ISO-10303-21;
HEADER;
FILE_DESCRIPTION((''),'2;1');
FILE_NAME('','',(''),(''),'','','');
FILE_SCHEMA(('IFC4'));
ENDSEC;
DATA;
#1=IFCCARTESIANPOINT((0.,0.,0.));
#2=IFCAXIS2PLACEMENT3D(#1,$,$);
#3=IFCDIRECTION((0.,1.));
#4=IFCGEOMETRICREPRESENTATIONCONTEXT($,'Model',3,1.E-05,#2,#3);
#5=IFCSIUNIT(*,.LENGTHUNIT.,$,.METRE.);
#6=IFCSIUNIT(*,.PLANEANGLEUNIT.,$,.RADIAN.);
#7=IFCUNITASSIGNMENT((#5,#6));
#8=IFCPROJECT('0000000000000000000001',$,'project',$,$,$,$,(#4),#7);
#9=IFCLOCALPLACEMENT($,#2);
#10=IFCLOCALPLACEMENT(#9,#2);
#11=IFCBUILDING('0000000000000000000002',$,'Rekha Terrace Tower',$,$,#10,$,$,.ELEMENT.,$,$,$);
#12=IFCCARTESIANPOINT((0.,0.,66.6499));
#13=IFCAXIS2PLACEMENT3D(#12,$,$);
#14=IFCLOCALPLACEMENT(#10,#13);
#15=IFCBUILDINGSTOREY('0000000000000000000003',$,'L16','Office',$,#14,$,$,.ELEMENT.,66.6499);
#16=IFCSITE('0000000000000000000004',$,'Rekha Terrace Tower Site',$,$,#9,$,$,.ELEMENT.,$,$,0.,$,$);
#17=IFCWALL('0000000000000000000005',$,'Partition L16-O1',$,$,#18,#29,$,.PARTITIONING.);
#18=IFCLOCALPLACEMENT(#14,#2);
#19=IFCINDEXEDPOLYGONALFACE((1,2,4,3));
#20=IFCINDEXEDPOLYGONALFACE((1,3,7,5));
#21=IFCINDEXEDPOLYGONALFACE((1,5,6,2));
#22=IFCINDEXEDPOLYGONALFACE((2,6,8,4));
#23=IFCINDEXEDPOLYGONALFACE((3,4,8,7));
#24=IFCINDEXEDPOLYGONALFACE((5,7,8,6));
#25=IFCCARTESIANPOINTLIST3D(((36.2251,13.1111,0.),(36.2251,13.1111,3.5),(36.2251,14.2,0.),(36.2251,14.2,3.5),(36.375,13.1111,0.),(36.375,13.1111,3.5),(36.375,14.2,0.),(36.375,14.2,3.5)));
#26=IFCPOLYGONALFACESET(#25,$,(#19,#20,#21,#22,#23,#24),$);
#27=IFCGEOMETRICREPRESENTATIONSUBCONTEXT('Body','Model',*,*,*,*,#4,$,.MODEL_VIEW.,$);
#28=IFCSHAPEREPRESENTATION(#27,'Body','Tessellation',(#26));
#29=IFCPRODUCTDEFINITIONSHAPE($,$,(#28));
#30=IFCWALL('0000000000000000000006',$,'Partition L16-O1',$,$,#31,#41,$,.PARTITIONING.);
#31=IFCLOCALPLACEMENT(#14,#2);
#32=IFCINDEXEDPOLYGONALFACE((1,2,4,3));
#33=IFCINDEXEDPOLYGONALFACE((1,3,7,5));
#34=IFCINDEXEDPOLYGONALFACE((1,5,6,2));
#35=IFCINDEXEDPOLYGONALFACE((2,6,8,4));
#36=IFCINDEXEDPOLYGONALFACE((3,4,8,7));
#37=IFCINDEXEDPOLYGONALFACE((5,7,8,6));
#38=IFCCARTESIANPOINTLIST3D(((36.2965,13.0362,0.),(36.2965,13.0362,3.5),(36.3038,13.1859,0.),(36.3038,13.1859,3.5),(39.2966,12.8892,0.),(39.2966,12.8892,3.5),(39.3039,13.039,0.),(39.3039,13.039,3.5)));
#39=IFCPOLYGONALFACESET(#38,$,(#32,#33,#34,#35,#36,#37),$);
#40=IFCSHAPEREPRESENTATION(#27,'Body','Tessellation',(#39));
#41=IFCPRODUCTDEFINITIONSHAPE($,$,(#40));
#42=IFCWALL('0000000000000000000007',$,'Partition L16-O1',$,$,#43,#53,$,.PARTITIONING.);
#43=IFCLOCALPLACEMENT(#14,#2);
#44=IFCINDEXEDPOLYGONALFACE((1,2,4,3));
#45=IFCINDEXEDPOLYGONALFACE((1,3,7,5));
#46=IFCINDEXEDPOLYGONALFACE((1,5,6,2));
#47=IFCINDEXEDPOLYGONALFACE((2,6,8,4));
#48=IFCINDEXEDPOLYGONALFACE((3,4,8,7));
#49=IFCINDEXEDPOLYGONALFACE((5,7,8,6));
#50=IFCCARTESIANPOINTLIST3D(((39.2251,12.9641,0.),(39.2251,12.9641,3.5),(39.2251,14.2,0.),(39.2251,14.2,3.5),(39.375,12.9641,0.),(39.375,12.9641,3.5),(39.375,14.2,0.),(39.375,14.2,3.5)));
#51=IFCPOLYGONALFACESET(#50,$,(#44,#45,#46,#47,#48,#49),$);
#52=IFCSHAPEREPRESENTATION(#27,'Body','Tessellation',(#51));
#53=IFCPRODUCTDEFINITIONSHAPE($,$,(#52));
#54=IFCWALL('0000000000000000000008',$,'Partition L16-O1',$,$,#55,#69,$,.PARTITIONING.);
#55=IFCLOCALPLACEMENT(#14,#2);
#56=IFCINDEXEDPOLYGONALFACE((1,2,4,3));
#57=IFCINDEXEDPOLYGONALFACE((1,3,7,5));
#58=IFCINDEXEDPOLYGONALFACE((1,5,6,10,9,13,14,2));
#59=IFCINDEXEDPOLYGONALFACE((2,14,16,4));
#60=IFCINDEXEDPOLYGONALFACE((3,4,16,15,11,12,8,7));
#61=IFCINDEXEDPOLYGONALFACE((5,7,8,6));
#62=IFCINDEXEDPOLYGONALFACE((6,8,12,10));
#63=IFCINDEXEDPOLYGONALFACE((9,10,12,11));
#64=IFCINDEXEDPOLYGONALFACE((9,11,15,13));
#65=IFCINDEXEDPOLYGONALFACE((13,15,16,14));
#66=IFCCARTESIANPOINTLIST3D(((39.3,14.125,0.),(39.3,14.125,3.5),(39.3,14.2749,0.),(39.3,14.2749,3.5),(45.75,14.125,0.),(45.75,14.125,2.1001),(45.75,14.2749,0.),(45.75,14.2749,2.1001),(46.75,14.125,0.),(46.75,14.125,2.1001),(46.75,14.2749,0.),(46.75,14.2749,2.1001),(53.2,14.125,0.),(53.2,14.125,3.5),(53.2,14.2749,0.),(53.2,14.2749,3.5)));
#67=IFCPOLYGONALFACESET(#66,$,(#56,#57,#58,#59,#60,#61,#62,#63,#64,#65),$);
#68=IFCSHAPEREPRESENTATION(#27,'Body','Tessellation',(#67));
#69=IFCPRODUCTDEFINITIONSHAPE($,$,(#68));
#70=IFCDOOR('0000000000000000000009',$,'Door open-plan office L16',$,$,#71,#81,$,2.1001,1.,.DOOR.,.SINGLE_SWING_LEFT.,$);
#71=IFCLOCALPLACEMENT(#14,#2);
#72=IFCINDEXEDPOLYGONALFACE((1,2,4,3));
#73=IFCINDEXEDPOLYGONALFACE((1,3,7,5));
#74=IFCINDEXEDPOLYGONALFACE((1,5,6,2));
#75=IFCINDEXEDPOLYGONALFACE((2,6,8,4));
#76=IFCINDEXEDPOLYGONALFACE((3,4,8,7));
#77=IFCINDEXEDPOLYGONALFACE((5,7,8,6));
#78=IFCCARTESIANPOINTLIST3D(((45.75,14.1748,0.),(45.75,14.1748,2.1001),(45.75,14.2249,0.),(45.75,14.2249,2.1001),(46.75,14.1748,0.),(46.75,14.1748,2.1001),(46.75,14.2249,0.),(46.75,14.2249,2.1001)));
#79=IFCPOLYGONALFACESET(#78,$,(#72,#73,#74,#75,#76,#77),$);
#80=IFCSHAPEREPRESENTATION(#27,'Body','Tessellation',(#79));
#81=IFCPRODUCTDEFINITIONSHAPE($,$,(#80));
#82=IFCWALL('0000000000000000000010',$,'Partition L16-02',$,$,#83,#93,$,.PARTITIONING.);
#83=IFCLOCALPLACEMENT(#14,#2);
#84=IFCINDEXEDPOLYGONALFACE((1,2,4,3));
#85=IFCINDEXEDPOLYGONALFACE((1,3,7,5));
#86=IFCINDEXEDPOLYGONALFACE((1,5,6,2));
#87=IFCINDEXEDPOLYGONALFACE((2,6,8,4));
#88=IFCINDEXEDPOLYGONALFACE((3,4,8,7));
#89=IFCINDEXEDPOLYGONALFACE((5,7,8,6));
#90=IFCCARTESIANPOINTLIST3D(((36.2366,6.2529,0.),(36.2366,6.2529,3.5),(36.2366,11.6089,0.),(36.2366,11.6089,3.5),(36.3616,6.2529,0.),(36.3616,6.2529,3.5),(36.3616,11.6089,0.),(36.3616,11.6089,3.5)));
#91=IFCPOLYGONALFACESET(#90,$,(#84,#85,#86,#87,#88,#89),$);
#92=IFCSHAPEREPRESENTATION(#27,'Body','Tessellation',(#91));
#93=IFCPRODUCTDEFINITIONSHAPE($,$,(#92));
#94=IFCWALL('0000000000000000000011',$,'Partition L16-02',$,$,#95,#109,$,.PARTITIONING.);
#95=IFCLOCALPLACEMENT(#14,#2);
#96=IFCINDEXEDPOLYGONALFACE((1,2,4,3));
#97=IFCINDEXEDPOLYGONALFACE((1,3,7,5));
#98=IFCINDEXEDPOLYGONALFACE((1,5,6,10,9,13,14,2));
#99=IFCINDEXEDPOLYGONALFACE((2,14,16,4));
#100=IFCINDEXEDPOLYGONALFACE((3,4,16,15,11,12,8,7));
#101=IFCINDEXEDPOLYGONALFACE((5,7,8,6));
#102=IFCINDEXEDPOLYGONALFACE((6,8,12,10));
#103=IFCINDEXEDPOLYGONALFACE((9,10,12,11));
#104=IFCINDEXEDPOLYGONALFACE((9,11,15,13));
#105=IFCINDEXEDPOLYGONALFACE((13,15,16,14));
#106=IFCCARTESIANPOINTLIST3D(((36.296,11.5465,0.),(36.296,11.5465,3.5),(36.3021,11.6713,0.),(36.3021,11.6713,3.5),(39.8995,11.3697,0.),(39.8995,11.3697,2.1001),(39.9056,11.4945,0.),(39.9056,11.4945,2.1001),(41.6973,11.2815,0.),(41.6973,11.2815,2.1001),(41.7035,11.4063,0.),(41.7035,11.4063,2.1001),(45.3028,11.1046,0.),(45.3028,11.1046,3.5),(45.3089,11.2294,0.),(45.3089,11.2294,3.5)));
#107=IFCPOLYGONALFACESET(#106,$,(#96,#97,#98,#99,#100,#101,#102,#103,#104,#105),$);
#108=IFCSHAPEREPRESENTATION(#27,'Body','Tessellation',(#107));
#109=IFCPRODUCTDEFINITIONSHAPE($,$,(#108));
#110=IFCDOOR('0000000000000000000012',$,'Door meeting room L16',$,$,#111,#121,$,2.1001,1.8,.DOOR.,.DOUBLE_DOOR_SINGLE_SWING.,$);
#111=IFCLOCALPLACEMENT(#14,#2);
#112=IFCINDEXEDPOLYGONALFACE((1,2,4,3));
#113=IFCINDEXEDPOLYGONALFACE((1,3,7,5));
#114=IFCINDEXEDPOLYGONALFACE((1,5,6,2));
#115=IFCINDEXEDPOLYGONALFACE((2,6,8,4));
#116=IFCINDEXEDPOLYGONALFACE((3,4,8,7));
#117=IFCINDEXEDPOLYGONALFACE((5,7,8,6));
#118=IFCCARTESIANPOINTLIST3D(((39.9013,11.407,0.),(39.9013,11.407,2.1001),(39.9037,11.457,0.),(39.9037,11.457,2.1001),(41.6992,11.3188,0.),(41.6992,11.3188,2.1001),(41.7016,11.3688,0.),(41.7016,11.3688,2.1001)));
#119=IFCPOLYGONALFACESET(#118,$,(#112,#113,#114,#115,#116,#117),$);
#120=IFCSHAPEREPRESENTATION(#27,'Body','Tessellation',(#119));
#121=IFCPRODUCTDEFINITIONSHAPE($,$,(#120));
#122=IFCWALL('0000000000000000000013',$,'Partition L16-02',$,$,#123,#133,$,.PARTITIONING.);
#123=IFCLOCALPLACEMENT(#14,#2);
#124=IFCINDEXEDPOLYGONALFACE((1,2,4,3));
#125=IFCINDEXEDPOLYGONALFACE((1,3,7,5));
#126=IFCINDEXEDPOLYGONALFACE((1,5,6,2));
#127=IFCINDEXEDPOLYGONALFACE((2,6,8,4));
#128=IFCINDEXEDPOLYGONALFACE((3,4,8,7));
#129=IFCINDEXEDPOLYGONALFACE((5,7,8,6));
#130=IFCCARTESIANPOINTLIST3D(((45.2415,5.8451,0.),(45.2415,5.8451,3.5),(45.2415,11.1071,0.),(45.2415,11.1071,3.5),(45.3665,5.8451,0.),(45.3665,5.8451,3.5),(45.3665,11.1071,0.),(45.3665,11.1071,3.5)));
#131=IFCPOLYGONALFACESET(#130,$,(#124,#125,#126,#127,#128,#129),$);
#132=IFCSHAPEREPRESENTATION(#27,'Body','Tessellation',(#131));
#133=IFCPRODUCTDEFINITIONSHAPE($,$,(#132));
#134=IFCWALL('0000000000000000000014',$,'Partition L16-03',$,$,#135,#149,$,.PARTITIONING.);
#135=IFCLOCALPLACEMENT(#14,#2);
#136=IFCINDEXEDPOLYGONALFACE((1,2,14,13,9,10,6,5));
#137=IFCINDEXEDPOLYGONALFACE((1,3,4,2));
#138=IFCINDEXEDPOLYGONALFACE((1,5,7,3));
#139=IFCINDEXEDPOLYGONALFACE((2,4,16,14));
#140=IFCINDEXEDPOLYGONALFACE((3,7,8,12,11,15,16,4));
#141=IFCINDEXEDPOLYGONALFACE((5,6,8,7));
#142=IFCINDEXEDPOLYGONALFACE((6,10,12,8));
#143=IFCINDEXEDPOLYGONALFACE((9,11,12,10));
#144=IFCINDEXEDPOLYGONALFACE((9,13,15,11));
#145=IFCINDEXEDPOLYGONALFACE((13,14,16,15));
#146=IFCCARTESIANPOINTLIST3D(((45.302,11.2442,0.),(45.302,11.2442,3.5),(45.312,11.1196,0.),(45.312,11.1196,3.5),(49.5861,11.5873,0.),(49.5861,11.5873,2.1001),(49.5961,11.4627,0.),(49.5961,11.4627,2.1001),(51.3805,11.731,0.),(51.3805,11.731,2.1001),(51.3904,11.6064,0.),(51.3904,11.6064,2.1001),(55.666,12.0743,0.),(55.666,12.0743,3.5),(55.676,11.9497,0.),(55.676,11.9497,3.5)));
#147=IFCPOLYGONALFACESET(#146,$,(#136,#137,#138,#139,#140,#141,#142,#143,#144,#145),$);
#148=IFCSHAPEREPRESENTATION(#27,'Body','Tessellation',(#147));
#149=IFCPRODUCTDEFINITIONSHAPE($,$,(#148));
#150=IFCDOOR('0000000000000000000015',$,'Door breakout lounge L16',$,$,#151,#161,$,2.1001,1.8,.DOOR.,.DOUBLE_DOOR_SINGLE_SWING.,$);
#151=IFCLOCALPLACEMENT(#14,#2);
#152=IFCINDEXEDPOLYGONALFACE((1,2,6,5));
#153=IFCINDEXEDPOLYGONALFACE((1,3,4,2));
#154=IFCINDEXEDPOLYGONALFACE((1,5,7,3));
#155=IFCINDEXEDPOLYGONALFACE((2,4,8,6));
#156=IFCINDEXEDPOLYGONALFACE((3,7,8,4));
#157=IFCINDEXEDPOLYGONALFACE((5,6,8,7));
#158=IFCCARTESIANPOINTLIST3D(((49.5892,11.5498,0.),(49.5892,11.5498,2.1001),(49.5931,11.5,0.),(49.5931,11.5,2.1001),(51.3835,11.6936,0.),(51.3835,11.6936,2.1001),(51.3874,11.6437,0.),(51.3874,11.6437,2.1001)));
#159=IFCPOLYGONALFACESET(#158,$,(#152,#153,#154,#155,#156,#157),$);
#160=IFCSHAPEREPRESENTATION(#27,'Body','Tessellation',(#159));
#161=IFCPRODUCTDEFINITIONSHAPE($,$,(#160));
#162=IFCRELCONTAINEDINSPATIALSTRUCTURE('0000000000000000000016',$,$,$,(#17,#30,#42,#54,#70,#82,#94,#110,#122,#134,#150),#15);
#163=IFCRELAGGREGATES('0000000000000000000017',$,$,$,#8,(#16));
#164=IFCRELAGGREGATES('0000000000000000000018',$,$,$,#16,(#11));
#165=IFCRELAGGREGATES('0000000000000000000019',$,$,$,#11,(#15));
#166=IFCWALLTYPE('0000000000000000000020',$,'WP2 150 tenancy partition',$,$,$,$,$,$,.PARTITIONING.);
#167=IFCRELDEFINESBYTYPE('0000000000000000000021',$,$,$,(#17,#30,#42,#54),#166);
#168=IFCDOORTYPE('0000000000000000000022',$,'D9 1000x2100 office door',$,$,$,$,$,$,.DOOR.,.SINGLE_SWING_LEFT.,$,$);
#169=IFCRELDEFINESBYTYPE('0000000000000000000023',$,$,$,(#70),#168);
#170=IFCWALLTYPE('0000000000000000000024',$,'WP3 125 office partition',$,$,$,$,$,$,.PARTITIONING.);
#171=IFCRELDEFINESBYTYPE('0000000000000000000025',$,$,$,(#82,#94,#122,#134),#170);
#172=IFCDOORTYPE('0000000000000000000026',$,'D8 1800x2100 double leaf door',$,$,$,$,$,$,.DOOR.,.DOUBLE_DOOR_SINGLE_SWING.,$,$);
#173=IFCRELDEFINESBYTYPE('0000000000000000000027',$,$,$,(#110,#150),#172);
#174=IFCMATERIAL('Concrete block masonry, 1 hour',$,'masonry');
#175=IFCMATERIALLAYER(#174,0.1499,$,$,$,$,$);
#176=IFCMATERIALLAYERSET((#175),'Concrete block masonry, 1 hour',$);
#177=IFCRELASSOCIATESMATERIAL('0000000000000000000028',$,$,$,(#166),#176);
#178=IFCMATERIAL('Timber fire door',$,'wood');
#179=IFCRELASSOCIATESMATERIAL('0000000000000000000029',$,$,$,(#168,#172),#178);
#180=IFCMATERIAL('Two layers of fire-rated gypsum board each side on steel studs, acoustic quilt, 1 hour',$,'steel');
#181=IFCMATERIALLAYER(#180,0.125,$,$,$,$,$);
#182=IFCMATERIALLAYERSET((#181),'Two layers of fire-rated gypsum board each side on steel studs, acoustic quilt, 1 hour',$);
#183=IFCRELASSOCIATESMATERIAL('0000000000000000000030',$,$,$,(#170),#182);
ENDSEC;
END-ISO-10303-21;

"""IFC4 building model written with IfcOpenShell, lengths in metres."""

from ifc_helpers import new_model, si_unit, direction, frame, frame_2d, origin, place, context, subcontext, project, spatial, rectangle, extrude, material, layer, layer_set, type_object, element, fill, save


model = new_model("IFC4")

# Units and contexts
model_context = context("Model", 3, precision=1e-05, world=origin(), true_north=direction((0.0, 1.0)))
body_context = subcontext(model_context, "Body", "Model", "MODEL_VIEW")
ifc_project = project(units=[si_unit("LENGTHUNIT", "METRE"), si_unit("PLANEANGLEUNIT", "RADIAN")], contexts=[model_context])

# Site, building, storey
site_placement = place(None, origin())
site = spatial("IfcSite", under=ifc_project, at=site_placement, Name="Rekha Terrace Tower Site", CompositionType="ELEMENT", RefElevation=0.0)
building_placement = place(site_placement, origin())
building = spatial("IfcBuilding", under=site, at=building_placement, Name="Rekha Terrace Tower", CompositionType="ELEMENT")
storey_placement = place(building_placement, frame((0.0, 0.0, 66.6499)))
storey = spatial("IfcBuildingStorey", under=building, at=storey_placement, Name="L16", Description="Office", CompositionType="ELEMENT", Elevation=66.6499)

# Shared definitions
ifc_material_1 = material(Name="Concrete block masonry, 1 hour", Category="masonry")
ifc_layer_1 = layer(ifc_material_1, 0.1499)
ifc_layer_set_1 = layer_set([ifc_layer_1], Name="Concrete block masonry, 1 hour")
wall_type_1 = type_object("IfcWallType", Name="WP2 150 tenancy partition", PredefinedType="PARTITIONING", material=ifc_layer_set_1)

# Walls
wall_1_placement = place(storey_placement, frame((36.3, 14.2, 0.0), z_axis=(0.0, 0.0, 1.0), x_axis=(0.0, -1.0, 0.0)))
element("IfcWall", 1, at=wall_1_placement, inside=storey, type_object=wall_type_1, Name="Partition L16-O1", PredefinedType="PARTITIONING", context=body_context, shape_type="SweptSolid", body=[
    extrude(rectangle(XDim=1.0889, YDim=0.1499, at=frame_2d((0.5444, 0.0))), origin(), (0.0, 0.0, 1.0), 3.5),
])
wall_2_placement = place(storey_placement, frame((36.3, 13.1111, 0.0), z_axis=(0.0, 0.0, 1.0), x_axis=(0.998802, -0.048932, 0.0)))
element("IfcWall", 2, at=wall_2_placement, inside=storey, type_object=wall_type_1, Name="Partition L16-O1", PredefinedType="PARTITIONING", context=body_context, shape_type="SweptSolid", body=[
    extrude(rectangle(XDim=3.0037, YDim=0.1499, at=frame_2d((1.502, 0.0))), origin(), (0.0, 0.0, 1.0), 3.5),
])
wall_3_placement = place(storey_placement, frame((39.3, 12.9641, 0.0), z_axis=(0.0, 0.0, 1.0), x_axis=(0.0, 1.0, 0.0)))
element("IfcWall", 3, at=wall_3_placement, inside=storey, type_object=wall_type_1, Name="Partition L16-O1", PredefinedType="PARTITIONING", context=body_context, shape_type="SweptSolid", body=[
    extrude(rectangle(XDim=1.2358, YDim=0.1499, at=frame_2d((0.6179, 0.0))), origin(), (0.0, 0.0, 1.0), 3.5),
])

# Wall, opening, door
wall_4_placement = place(storey_placement, frame((39.3, 14.2, 0.0), z_axis=(0.0, 0.0, 1.0), x_axis=(1.0, 0.0, 0.0)))
wall_4 = element("IfcWall", 4, at=wall_4_placement, inside=storey, type_object=wall_type_1, Name="Partition L16-O1", PredefinedType="PARTITIONING", context=body_context, shape_type="SweptSolid", body=[
    extrude(rectangle(XDim=13.8999, YDim=0.1499, at=frame_2d((6.95, 0.0))), origin(), (0.0, 0.0, 1.0), 3.5),
])
opening_1_placement = place(wall_4_placement, frame((6.45, 0.0, 0.0)))
opening_1 = element("IfcOpeningElement", 5, at=opening_1_placement, cuts=wall_4, PredefinedType="OPENING", context=body_context, shape_type="SweptSolid", body=[
    extrude(rectangle(XDim=1.0, YDim=2.1001, at=frame_2d((0.5, 1.05))), frame((0.0, 0.085, 0.0), z_axis=(0.0, -1.0, 0.0), x_axis=(1.0, 0.0, 0.0)), (0.0, 0.0, 1.0), 0.1699),
])
ifc_material_2 = material(Name="Timber fire door", Category="wood")
door_type_1 = type_object("IfcDoorType", Name="D9 1000x2100 office door", OperationType="SINGLE_SWING_LEFT", PredefinedType="DOOR", material=ifc_material_2)
door_1_placement = place(opening_1_placement, origin())
door_1 = element("IfcDoor", 6, at=door_1_placement, inside=storey, type_object=door_type_1, Name="Door open-plan office L16", OperationType="SINGLE_SWING_LEFT", OverallHeight=2.1001, OverallWidth=1.0, PredefinedType="DOOR", context=body_context, shape_type="SweptSolid", body=[
    extrude(rectangle(XDim=1.0, YDim=2.1001, at=frame_2d((0.5, 1.05))), frame((0.0, 0.0249, 0.0), z_axis=(0.0, -1.0, 0.0), x_axis=(1.0, 0.0, 0.0)), (0.0, 0.0, 1.0), 0.05),
])
fill(opening_1, door_1)

# Wall
ifc_material_3 = material(Name="Two layers of fire-rated gypsum board each side on steel studs, acoustic quilt, 1 hour", Category="steel")
ifc_layer_2 = layer(ifc_material_3, 0.125)
ifc_layer_set_2 = layer_set([ifc_layer_2], Name="Two layers of fire-rated gypsum board each side on steel studs, acoustic quilt, 1 hour")
wall_type_2 = type_object("IfcWallType", Name="WP3 125 office partition", PredefinedType="PARTITIONING", material=ifc_layer_set_2)
wall_5_placement = place(storey_placement, frame((36.2991, 6.2529, 0.0), z_axis=(0.0, 0.0, 1.0), x_axis=(0.0, 1.0, 0.0)))
element("IfcWall", 7, at=wall_5_placement, inside=storey, type_object=wall_type_2, Name="Partition L16-02", PredefinedType="PARTITIONING", context=body_context, shape_type="SweptSolid", body=[
    extrude(rectangle(XDim=5.356, YDim=0.125, at=frame_2d((2.678, 0.0))), origin(), (0.0, 0.0, 1.0), 3.5),
])

# Wall, opening, door
wall_6_placement = place(storey_placement, frame((36.2991, 11.6089, 0.0), z_axis=(0.0, 0.0, 1.0), x_axis=(0.998799, -0.049003, 0.0)))
wall_6 = element("IfcWall", 8, at=wall_6_placement, inside=storey, type_object=wall_type_2, Name="Partition L16-02", PredefinedType="PARTITIONING", context=body_context, shape_type="SweptSolid", body=[
    extrude(rectangle(XDim=9.0176, YDim=0.125, at=frame_2d((4.5088, 0.0))), origin(), (0.0, 0.0, 1.0), 3.5),
])
opening_2_placement = place(wall_6_placement, frame((3.6079, 0.0, 0.0)))
opening_2 = element("IfcOpeningElement", 9, at=opening_2_placement, cuts=wall_6, PredefinedType="OPENING", context=body_context, shape_type="SweptSolid", body=[
    extrude(rectangle(XDim=1.8, YDim=2.1001, at=frame_2d((0.8999, 1.05))), frame((0.0, 0.0725, 0.0), z_axis=(0.0, -1.0, 0.0), x_axis=(1.0, 0.0, 0.0)), (0.0, 0.0, 1.0), 0.145),
])
door_type_2 = type_object("IfcDoorType", Name="D8 1800x2100 double leaf door", OperationType="DOUBLE_DOOR_SINGLE_SWING", PredefinedType="DOOR", material=ifc_material_2)
door_2_placement = place(opening_2_placement, origin())
door_2 = element("IfcDoor", 10, at=door_2_placement, inside=storey, type_object=door_type_2, Name="Door meeting room L16", OperationType="DOUBLE_DOOR_SINGLE_SWING", OverallHeight=2.1001, OverallWidth=1.8, PredefinedType="DOOR", context=body_context, shape_type="SweptSolid", body=[
    extrude(rectangle(XDim=1.8, YDim=2.1001, at=frame_2d((0.8999, 1.05))), frame((0.0, 0.0249, 0.0), z_axis=(0.0, -1.0, 0.0), x_axis=(1.0, 0.0, 0.0)), (0.0, 0.0, 1.0), 0.05),
])
fill(opening_2, door_2)

# Wall
wall_7_placement = place(storey_placement, frame((45.304, 11.1069, 0.0), z_axis=(0.0, 0.0, 1.0), x_axis=(0.0, -1.0, 0.0)))
element("IfcWall", 11, at=wall_7_placement, inside=storey, type_object=wall_type_2, Name="Partition L16-02", PredefinedType="PARTITIONING", context=body_context, shape_type="SweptSolid", body=[
    extrude(rectangle(XDim=5.262, YDim=0.125, at=frame_2d((2.6309, 0.0))), origin(), (0.0, 0.0, 1.0), 3.5),
])

# Wall, opening, door
wall_8_placement = place(storey_placement, frame((45.3069, 11.1819, 0.0), z_axis=(0.0, 0.0, 1.0), x_axis=(0.996808, 0.079837, 0.0)))
wall_8 = element("IfcWall", 12, at=wall_8_placement, inside=storey, type_object=wall_type_2, Name="Partition L16-03", PredefinedType="PARTITIONING", context=body_context, shape_type="SweptSolid", body=[
    extrude(rectangle(XDim=10.3972, YDim=0.125, at=frame_2d((5.1987, 0.0))), origin(), (0.0, 0.0, 1.0), 3.5),
])
opening_3_placement = place(wall_8_placement, frame((4.2981, 0.0, 0.0)))
opening_3 = element("IfcOpeningElement", 13, at=opening_3_placement, cuts=wall_8, PredefinedType="OPENING", context=body_context, shape_type="SweptSolid", body=[
    extrude(rectangle(XDim=1.8, YDim=2.1001, at=frame_2d((0.8999, 1.05))), frame((0.0, 0.0725, 0.0), z_axis=(0.0, -1.0, 0.0), x_axis=(1.0, 0.0, 0.0)), (0.0, 0.0, 1.0), 0.145),
])
door_3_placement = place(opening_3_placement, origin())
door_3 = element("IfcDoor", 14, at=door_3_placement, inside=storey, type_object=door_type_2, Name="Door breakout lounge L16", OperationType="DOUBLE_DOOR_SINGLE_SWING", OverallHeight=2.1001, OverallWidth=1.8, PredefinedType="DOOR", context=body_context, shape_type="SweptSolid", body=[
    extrude(rectangle(XDim=1.8, YDim=2.1001, at=frame_2d((0.8999, 1.05))), frame((0.0, 0.0249, 0.0), z_axis=(0.0, -1.0, 0.0), x_axis=(1.0, 0.0, 0.0)), (0.0, 0.0, 1.0), 0.05),
])
fill(opening_3, door_3)

save(model, "model.ifc")
